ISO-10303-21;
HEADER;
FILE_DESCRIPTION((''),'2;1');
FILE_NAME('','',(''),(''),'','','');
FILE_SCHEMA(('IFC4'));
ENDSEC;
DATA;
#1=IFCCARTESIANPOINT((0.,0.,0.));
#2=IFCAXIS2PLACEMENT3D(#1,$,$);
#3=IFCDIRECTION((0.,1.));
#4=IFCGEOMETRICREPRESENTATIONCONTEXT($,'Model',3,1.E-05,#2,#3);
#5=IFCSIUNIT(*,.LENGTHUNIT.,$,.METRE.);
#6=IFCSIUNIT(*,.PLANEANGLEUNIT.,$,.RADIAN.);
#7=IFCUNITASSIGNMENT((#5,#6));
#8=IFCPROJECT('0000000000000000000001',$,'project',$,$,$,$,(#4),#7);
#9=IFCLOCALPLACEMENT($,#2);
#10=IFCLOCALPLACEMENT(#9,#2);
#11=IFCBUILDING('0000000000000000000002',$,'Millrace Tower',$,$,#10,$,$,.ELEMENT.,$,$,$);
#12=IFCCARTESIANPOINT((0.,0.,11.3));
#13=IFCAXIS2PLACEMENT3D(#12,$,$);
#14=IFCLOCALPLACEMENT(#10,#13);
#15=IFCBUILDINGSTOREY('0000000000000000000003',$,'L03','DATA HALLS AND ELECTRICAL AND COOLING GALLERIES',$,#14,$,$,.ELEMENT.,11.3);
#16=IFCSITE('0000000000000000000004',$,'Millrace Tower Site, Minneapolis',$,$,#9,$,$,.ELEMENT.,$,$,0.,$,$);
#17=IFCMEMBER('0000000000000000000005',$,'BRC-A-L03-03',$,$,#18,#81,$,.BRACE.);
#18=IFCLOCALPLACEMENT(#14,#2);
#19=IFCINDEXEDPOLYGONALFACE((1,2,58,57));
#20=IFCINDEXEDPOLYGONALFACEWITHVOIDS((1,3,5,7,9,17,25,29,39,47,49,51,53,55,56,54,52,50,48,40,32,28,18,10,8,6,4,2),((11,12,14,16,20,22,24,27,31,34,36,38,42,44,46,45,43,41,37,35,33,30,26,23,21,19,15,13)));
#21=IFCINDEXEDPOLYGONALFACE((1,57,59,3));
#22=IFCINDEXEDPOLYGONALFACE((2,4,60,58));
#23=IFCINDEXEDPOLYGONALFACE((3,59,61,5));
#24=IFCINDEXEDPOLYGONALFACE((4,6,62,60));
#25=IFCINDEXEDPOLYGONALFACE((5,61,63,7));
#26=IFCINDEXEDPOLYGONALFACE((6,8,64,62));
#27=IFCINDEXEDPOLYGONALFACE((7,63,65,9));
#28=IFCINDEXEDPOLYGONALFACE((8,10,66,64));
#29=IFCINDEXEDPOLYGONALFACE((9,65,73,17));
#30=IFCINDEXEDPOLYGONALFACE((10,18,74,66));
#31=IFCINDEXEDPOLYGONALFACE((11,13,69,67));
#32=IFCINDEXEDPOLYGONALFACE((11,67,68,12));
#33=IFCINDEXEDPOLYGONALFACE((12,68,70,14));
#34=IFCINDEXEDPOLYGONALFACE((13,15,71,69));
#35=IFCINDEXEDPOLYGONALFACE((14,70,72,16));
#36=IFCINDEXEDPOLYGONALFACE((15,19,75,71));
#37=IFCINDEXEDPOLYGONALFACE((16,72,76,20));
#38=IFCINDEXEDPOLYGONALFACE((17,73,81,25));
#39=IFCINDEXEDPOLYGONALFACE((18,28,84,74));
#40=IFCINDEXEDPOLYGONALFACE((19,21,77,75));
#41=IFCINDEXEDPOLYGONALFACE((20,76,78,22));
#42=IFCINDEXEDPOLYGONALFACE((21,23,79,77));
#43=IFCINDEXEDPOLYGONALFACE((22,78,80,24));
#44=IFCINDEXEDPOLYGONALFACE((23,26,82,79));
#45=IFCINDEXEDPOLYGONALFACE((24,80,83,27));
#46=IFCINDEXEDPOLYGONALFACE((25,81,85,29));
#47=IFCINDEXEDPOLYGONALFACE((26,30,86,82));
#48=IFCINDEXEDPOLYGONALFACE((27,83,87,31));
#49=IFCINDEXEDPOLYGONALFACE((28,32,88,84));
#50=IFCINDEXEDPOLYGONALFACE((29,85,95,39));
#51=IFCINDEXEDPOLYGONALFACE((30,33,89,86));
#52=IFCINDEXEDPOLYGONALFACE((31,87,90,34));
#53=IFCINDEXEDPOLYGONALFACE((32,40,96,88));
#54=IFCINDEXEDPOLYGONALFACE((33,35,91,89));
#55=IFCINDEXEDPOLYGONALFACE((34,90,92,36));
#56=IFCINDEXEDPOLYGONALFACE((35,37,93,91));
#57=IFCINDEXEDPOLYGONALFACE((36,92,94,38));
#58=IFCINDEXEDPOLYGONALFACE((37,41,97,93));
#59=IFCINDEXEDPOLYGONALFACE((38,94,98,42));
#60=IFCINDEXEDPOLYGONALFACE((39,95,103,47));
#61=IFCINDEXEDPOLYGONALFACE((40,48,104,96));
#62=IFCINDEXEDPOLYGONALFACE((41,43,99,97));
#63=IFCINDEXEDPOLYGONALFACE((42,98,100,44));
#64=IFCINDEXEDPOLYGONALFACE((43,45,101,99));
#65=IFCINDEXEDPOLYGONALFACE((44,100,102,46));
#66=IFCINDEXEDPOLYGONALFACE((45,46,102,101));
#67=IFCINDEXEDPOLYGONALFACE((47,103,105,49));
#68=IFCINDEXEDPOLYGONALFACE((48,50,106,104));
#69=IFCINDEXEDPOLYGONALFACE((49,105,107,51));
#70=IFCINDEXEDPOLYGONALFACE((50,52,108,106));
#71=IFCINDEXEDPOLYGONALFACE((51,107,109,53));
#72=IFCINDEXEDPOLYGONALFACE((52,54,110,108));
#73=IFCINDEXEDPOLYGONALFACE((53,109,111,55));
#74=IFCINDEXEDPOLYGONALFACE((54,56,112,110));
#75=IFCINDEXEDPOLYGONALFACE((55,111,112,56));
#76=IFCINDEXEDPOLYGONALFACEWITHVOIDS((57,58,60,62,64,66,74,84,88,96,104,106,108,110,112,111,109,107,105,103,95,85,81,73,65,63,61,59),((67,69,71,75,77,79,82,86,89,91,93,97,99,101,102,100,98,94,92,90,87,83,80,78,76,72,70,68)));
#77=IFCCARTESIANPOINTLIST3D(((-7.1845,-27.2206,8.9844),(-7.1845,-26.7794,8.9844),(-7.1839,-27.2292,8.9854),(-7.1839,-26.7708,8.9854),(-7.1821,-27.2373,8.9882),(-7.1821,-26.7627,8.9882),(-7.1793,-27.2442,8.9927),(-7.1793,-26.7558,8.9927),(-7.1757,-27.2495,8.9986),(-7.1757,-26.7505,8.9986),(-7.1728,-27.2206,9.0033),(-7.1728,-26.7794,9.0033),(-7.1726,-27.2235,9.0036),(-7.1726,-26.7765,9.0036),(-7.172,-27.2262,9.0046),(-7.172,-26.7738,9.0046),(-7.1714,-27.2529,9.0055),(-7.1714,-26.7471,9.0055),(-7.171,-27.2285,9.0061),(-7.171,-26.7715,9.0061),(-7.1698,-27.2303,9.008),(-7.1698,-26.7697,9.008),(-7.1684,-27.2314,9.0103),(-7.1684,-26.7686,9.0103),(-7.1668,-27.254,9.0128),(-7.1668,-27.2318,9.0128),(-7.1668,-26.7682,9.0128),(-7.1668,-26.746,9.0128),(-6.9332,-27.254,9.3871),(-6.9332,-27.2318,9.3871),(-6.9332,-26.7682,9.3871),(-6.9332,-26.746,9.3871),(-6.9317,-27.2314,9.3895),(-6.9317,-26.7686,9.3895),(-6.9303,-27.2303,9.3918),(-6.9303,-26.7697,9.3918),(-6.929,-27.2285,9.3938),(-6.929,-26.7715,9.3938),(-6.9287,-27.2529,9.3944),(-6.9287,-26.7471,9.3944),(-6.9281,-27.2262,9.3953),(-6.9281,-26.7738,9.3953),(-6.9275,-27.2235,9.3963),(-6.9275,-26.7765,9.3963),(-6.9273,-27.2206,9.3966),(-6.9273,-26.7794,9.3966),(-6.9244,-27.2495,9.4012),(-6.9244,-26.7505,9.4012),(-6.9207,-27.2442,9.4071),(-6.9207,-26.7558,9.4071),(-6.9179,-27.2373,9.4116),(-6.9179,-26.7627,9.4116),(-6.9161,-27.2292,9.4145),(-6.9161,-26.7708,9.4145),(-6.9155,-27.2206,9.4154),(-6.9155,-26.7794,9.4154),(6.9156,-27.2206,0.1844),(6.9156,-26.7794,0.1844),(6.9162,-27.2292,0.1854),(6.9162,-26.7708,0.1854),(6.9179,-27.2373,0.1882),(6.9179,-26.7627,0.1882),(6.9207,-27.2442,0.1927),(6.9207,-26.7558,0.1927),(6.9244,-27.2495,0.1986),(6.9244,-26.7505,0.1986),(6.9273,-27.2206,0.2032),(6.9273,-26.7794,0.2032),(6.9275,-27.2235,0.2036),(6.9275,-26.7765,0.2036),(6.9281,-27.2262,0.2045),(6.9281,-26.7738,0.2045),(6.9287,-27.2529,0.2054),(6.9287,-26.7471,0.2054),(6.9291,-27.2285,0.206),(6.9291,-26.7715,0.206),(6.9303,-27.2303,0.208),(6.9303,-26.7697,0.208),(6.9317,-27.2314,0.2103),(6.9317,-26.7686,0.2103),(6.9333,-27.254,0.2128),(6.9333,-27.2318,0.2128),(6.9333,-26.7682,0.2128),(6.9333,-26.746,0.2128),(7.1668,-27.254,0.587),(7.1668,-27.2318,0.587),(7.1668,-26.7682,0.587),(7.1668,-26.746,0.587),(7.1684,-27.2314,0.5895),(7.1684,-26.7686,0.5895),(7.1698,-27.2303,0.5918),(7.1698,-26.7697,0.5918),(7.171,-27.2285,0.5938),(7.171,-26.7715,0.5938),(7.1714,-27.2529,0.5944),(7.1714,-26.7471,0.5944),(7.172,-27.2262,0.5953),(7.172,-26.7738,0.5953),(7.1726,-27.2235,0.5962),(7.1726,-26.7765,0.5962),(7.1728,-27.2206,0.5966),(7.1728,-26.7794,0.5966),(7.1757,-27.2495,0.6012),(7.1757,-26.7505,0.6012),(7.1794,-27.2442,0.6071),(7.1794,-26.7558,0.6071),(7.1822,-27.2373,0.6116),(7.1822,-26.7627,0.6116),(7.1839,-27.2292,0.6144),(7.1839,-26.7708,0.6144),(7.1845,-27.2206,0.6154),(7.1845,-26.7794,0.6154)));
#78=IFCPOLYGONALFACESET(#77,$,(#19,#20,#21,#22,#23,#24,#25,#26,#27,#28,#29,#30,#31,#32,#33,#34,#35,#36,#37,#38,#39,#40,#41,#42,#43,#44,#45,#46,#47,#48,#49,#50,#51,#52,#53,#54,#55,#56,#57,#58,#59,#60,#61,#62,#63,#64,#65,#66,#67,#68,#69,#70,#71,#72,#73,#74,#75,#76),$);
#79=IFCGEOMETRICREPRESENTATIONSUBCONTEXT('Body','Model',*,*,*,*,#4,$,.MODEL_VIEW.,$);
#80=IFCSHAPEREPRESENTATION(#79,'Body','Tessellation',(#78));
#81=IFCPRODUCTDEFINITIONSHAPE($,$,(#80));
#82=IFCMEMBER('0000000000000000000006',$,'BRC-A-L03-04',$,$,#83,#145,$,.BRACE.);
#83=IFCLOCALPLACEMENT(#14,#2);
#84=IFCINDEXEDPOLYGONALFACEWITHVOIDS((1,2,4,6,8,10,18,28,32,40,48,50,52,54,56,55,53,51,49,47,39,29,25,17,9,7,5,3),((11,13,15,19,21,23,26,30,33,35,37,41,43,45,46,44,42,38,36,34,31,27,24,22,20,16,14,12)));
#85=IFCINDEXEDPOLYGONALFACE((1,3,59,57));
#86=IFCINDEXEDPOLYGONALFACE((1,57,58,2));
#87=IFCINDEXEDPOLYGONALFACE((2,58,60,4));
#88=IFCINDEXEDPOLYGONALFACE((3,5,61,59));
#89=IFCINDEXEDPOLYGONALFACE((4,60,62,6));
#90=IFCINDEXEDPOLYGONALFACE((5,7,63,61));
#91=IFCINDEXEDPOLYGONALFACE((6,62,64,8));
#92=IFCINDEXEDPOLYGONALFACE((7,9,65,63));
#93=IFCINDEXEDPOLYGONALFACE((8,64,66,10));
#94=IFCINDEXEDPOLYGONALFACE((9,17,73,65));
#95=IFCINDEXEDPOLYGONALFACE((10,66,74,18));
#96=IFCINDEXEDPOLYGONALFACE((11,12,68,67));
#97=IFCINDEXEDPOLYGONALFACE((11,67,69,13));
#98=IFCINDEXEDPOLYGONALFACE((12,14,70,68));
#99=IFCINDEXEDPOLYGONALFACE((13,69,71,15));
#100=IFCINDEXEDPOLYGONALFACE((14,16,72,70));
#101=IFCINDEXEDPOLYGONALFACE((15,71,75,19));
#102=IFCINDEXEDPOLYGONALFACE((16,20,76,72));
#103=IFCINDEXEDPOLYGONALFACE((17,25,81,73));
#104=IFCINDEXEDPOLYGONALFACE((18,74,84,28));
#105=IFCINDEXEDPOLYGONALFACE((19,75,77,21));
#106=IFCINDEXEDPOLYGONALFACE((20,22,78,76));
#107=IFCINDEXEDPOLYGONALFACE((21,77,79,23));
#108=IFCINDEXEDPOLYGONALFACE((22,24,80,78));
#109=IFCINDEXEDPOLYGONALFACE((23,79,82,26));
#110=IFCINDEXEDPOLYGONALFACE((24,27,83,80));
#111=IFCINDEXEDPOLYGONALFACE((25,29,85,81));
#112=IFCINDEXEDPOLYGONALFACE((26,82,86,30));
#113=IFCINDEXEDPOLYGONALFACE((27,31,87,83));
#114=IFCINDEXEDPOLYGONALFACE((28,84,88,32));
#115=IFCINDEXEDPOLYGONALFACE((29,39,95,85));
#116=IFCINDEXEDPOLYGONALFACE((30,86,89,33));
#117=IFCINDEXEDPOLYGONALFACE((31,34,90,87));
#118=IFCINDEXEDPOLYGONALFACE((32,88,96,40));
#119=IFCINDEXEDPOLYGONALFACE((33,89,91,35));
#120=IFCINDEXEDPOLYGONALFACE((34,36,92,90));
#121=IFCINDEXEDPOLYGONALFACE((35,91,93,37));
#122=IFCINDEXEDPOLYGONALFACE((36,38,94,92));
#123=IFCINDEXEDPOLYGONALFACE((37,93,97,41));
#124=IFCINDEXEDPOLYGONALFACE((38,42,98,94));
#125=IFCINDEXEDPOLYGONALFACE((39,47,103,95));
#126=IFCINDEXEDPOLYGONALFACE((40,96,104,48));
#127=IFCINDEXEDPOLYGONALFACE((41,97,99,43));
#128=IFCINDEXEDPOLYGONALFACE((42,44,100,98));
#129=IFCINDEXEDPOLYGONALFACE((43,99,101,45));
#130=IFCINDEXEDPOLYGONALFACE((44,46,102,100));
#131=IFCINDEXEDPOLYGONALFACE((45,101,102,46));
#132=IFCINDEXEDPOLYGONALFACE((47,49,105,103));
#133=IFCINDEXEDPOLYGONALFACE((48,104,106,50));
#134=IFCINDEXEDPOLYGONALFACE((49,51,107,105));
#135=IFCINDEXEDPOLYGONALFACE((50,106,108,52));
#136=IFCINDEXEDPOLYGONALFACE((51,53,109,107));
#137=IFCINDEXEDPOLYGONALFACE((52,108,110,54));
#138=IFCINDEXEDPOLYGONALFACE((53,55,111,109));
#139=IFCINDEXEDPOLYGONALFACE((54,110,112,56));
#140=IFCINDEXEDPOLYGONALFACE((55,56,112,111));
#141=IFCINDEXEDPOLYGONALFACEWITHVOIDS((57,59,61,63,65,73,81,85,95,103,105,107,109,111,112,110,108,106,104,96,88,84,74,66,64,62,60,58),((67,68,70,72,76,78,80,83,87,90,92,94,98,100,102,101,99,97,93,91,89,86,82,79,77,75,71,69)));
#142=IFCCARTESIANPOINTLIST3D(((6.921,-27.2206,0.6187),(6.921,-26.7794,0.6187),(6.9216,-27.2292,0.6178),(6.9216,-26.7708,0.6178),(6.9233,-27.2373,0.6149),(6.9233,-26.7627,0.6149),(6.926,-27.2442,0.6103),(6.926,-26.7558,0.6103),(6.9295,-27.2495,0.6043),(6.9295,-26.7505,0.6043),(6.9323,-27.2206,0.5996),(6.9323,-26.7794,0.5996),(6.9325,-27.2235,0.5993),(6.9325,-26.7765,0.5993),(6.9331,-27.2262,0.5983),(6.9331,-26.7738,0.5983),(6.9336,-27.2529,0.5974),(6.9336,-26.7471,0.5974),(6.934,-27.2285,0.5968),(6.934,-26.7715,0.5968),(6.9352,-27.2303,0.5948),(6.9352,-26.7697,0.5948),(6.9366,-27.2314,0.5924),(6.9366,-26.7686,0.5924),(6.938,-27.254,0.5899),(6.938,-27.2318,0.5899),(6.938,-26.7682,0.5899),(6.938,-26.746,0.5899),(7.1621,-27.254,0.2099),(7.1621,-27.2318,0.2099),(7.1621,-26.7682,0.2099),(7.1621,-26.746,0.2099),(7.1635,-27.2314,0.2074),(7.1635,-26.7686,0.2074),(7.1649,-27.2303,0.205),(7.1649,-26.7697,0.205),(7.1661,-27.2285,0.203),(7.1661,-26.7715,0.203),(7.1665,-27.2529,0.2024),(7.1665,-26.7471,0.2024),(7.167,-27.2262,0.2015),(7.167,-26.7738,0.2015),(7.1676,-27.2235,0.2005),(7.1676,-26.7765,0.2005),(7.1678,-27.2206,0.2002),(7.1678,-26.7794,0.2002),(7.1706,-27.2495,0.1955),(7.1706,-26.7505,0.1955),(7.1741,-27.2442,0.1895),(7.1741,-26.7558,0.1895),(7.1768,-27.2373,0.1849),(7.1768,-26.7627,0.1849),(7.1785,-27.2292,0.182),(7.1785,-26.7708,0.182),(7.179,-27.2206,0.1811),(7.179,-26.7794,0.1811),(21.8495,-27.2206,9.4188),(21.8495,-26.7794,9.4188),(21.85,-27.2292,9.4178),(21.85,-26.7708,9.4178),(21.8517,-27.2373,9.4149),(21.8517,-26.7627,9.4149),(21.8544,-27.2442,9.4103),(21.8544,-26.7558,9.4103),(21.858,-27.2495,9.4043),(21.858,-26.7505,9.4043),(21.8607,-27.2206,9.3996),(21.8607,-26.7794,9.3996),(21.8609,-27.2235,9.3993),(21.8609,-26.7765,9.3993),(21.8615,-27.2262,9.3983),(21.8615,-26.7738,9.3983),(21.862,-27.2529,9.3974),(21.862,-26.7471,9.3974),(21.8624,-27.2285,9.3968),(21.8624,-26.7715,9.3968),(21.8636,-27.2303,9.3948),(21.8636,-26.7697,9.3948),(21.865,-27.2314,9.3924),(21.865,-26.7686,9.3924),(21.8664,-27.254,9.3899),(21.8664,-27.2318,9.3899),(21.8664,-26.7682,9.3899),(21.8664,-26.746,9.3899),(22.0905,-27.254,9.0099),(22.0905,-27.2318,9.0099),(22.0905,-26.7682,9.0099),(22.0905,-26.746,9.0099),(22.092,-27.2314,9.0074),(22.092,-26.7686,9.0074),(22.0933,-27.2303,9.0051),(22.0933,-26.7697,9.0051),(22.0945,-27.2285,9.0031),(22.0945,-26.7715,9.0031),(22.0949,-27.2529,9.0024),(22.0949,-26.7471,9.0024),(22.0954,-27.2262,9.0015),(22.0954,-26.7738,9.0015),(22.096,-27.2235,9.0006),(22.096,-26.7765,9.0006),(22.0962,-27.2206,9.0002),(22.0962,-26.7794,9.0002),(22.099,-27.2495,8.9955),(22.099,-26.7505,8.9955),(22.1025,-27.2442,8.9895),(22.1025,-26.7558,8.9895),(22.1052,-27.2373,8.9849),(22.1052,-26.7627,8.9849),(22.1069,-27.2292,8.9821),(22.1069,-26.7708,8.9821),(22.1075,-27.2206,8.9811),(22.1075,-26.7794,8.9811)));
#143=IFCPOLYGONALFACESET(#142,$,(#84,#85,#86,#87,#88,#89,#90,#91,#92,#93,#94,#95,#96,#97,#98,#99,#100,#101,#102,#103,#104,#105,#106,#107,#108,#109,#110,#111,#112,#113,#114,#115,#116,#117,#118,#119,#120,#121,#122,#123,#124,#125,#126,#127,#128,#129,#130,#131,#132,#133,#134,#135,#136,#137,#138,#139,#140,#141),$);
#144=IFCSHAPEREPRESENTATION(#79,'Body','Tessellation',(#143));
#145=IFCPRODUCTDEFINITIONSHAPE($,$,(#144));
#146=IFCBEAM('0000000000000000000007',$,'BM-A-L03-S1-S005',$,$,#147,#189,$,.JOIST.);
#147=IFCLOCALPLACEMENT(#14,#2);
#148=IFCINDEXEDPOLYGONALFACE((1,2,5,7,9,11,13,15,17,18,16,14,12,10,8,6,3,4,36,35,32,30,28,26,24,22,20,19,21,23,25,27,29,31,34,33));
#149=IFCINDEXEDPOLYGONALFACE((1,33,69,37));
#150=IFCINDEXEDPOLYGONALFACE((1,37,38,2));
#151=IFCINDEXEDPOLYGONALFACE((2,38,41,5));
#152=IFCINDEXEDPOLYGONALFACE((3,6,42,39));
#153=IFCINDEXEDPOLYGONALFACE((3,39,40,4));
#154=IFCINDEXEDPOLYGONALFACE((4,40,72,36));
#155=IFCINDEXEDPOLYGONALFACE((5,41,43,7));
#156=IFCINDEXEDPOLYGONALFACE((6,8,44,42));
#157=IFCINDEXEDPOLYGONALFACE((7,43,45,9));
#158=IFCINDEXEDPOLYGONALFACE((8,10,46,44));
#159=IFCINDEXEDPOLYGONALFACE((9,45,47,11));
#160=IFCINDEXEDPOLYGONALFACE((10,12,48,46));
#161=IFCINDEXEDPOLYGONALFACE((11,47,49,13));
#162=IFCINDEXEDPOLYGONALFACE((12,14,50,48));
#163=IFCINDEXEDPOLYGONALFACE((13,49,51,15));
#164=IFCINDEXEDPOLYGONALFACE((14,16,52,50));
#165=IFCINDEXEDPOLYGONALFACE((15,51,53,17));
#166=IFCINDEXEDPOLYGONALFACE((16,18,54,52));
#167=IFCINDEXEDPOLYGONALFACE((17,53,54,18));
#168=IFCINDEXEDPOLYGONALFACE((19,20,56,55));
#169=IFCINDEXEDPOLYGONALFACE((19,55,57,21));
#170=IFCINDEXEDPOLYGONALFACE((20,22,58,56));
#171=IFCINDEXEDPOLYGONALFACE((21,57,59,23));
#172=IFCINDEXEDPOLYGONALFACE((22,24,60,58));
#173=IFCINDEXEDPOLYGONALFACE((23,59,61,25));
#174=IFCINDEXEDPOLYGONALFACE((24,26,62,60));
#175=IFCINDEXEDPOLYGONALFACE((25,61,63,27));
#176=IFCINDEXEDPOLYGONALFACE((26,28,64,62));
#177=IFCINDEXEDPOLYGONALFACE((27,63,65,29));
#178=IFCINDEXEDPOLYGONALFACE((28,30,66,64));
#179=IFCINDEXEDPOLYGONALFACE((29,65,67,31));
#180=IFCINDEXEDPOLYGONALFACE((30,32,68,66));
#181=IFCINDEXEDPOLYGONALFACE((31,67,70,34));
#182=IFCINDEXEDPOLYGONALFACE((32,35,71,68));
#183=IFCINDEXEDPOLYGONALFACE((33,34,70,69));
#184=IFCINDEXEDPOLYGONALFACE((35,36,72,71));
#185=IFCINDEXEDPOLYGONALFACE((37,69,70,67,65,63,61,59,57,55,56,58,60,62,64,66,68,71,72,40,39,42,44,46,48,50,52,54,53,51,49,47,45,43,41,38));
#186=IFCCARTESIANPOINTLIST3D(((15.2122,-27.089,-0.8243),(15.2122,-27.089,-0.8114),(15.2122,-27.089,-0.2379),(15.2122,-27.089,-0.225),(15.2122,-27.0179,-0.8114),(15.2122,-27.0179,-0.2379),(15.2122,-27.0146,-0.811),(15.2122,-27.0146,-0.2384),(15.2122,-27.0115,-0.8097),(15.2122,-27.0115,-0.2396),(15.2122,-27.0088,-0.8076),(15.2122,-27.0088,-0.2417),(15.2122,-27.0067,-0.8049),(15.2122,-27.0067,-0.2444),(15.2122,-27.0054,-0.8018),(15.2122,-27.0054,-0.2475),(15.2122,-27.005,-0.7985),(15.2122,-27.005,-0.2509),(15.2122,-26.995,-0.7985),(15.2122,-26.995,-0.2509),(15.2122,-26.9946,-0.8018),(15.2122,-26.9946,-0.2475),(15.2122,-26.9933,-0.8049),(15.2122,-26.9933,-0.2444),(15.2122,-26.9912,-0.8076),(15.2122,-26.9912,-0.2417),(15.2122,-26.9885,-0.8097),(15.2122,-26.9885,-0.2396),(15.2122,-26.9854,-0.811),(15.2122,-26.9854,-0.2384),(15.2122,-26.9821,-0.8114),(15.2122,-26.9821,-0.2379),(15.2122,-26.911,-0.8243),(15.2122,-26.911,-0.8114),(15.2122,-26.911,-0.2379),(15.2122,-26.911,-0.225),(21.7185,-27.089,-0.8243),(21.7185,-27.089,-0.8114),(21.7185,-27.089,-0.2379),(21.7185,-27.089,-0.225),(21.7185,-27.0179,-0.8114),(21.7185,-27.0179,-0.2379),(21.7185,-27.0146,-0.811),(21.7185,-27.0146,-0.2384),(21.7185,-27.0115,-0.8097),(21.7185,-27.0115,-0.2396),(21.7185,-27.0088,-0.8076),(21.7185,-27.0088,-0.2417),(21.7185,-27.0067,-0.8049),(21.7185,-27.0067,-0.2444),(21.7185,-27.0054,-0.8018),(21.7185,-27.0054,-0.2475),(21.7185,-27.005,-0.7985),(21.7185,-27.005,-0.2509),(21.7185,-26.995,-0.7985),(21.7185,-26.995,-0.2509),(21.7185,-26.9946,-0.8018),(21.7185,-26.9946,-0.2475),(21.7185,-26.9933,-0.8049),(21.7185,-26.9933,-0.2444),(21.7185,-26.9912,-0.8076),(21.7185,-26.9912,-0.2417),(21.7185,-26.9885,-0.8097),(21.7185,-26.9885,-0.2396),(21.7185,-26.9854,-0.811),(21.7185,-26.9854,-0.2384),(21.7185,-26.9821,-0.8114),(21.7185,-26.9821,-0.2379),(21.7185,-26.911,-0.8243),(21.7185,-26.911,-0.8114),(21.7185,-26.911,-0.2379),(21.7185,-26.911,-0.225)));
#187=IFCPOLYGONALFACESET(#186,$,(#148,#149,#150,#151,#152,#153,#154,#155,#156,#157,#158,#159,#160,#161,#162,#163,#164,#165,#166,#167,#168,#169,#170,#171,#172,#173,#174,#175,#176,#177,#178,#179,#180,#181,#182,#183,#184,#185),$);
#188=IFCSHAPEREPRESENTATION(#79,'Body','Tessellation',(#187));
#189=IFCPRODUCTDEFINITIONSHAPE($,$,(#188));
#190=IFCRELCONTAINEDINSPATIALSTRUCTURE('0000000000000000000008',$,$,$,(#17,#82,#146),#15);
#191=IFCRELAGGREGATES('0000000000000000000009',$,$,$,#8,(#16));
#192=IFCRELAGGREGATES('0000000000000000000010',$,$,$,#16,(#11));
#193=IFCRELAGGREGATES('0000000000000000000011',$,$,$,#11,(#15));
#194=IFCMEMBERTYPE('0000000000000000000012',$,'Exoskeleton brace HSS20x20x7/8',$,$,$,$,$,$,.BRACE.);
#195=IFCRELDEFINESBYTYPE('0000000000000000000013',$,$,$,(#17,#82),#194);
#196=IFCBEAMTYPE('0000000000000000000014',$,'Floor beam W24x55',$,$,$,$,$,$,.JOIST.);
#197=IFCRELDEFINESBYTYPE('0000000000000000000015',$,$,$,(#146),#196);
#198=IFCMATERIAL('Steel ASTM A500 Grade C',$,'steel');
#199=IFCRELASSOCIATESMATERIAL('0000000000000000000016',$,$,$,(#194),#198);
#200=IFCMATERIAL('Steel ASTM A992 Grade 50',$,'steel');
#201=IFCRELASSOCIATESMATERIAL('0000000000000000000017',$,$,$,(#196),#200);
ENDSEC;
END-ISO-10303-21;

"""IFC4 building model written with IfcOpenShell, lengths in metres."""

from ifc_helpers import new_model, si_unit, direction, frame, origin, origin_2d, place, context, subcontext, project, spatial, hollow_rectangle, i_section, extrude, material, material_profile, profile_set, type_object, element, save


model = new_model("IFC4")

# Units and contexts
model_context = context("Model", 3, precision=1e-05, world=origin(), true_north=direction((0.0, 1.0)))
body_context = subcontext(model_context, "Body", "Model", "MODEL_VIEW")
ifc_project = project(units=[si_unit("LENGTHUNIT", "METRE"), si_unit("PLANEANGLEUNIT", "RADIAN")], contexts=[model_context])

# Site, building, storey
site_placement = place(None, origin())
site = spatial("IfcSite", under=ifc_project, at=site_placement, Name="Millrace Tower Site, Minneapolis", CompositionType="ELEMENT", RefElevation=0.0)
building_placement = place(site_placement, origin())
building = spatial("IfcBuilding", under=site, at=building_placement, Name="Millrace Tower", CompositionType="ELEMENT")
storey_placement = place(building_placement, frame((0.0, 0.0, 11.3)))
storey = spatial("IfcBuildingStorey", under=building, at=storey_placement, Name="L03", Description="DATA HALLS AND ELECTRICAL AND COOLING GALLERIES", CompositionType="ELEMENT", Elevation=11.3)

# Members
ifc_material_1 = material(Name="Steel ASTM A500 Grade C", Category="steel")
ifc_material_profile_1 = material_profile(ifc_material_1, hollow_rectangle(XDim=0.5081, YDim=0.5081, WallThickness=0.0222, InnerFilletRadius=0.0112, OuterFilletRadius=0.0334, at=origin_2d()))
ifc_profile_set_1 = profile_set([ifc_material_profile_1], Name="Steel ASTM A500 Grade C")
member_type_1 = type_object("IfcMemberType", Name="Exoskeleton brace HSS20x20x7/8", PredefinedType="BRACE", material=ifc_profile_set_1)
member_1_placement = place(storey_placement, frame((7.05, -27.0, 0.3999), z_axis=(-0.848336, 0.0, 0.529457), x_axis=(0.0, -1.0, 0.0)))
element("IfcMember", 1, at=member_1_placement, inside=storey, type_object=member_type_1, Name="BRC-A-L03-03", PredefinedType="BRACE", context=body_context, shape_type="SweptSolid", body=[
    extrude(hollow_rectangle(XDim=0.5081, YDim=0.5081, WallThickness=0.0222, InnerFilletRadius=0.0112, OuterFilletRadius=0.0334, at=origin_2d()), origin(), (0.0, 0.0, 1.0), 16.6208),
])
member_2_placement = place(storey_placement, frame((7.05, -27.0, 0.3999), z_axis=(0.861465, 0.0, 0.507817), x_axis=(0.0, 1.0, 0.0)))
element("IfcMember", 2, at=member_2_placement, inside=storey, type_object=member_type_1, Name="BRC-A-L03-04", PredefinedType="BRACE", context=body_context, shape_type="SweptSolid", body=[
    extrude(hollow_rectangle(XDim=0.5081, YDim=0.5081, WallThickness=0.0222, InnerFilletRadius=0.0112, OuterFilletRadius=0.0334, at=origin_2d()), origin(), (0.0, 0.0, 1.0), 17.3291),
])

# Beam
ifc_material_2 = material(Name="Steel ASTM A992 Grade 50", Category="steel")
ifc_material_profile_2 = material_profile(ifc_material_2, i_section(OverallWidth=0.178, OverallDepth=0.5994, WebThickness=0.01, FlangeThickness=0.0129, FilletRadius=0.0129, at=origin_2d()))
ifc_profile_set_2 = profile_set([ifc_material_profile_2], Name="Steel ASTM A992 Grade 50")
beam_type_1 = type_object("IfcBeamType", Name="Floor beam W24x55", PredefinedType="JOIST", material=ifc_profile_set_2)
beam_1_placement = place(storey_placement, frame((15.2122, -27.0, -0.5247), z_axis=(1.0, 0.0, 0.0), x_axis=(0.0, 1.0, 0.0)))
element("IfcBeam", 3, at=beam_1_placement, inside=storey, type_object=beam_type_1, Name="BM-A-L03-S1-S005", PredefinedType="JOIST", context=body_context, shape_type="SweptSolid", body=[
    extrude(i_section(OverallWidth=0.178, OverallDepth=0.5994, WebThickness=0.01, FlangeThickness=0.0129, FilletRadius=0.0129, at=origin_2d()), origin(), (0.0, 0.0, 1.0), 6.5063),
])

save(model, "model.ifc")
